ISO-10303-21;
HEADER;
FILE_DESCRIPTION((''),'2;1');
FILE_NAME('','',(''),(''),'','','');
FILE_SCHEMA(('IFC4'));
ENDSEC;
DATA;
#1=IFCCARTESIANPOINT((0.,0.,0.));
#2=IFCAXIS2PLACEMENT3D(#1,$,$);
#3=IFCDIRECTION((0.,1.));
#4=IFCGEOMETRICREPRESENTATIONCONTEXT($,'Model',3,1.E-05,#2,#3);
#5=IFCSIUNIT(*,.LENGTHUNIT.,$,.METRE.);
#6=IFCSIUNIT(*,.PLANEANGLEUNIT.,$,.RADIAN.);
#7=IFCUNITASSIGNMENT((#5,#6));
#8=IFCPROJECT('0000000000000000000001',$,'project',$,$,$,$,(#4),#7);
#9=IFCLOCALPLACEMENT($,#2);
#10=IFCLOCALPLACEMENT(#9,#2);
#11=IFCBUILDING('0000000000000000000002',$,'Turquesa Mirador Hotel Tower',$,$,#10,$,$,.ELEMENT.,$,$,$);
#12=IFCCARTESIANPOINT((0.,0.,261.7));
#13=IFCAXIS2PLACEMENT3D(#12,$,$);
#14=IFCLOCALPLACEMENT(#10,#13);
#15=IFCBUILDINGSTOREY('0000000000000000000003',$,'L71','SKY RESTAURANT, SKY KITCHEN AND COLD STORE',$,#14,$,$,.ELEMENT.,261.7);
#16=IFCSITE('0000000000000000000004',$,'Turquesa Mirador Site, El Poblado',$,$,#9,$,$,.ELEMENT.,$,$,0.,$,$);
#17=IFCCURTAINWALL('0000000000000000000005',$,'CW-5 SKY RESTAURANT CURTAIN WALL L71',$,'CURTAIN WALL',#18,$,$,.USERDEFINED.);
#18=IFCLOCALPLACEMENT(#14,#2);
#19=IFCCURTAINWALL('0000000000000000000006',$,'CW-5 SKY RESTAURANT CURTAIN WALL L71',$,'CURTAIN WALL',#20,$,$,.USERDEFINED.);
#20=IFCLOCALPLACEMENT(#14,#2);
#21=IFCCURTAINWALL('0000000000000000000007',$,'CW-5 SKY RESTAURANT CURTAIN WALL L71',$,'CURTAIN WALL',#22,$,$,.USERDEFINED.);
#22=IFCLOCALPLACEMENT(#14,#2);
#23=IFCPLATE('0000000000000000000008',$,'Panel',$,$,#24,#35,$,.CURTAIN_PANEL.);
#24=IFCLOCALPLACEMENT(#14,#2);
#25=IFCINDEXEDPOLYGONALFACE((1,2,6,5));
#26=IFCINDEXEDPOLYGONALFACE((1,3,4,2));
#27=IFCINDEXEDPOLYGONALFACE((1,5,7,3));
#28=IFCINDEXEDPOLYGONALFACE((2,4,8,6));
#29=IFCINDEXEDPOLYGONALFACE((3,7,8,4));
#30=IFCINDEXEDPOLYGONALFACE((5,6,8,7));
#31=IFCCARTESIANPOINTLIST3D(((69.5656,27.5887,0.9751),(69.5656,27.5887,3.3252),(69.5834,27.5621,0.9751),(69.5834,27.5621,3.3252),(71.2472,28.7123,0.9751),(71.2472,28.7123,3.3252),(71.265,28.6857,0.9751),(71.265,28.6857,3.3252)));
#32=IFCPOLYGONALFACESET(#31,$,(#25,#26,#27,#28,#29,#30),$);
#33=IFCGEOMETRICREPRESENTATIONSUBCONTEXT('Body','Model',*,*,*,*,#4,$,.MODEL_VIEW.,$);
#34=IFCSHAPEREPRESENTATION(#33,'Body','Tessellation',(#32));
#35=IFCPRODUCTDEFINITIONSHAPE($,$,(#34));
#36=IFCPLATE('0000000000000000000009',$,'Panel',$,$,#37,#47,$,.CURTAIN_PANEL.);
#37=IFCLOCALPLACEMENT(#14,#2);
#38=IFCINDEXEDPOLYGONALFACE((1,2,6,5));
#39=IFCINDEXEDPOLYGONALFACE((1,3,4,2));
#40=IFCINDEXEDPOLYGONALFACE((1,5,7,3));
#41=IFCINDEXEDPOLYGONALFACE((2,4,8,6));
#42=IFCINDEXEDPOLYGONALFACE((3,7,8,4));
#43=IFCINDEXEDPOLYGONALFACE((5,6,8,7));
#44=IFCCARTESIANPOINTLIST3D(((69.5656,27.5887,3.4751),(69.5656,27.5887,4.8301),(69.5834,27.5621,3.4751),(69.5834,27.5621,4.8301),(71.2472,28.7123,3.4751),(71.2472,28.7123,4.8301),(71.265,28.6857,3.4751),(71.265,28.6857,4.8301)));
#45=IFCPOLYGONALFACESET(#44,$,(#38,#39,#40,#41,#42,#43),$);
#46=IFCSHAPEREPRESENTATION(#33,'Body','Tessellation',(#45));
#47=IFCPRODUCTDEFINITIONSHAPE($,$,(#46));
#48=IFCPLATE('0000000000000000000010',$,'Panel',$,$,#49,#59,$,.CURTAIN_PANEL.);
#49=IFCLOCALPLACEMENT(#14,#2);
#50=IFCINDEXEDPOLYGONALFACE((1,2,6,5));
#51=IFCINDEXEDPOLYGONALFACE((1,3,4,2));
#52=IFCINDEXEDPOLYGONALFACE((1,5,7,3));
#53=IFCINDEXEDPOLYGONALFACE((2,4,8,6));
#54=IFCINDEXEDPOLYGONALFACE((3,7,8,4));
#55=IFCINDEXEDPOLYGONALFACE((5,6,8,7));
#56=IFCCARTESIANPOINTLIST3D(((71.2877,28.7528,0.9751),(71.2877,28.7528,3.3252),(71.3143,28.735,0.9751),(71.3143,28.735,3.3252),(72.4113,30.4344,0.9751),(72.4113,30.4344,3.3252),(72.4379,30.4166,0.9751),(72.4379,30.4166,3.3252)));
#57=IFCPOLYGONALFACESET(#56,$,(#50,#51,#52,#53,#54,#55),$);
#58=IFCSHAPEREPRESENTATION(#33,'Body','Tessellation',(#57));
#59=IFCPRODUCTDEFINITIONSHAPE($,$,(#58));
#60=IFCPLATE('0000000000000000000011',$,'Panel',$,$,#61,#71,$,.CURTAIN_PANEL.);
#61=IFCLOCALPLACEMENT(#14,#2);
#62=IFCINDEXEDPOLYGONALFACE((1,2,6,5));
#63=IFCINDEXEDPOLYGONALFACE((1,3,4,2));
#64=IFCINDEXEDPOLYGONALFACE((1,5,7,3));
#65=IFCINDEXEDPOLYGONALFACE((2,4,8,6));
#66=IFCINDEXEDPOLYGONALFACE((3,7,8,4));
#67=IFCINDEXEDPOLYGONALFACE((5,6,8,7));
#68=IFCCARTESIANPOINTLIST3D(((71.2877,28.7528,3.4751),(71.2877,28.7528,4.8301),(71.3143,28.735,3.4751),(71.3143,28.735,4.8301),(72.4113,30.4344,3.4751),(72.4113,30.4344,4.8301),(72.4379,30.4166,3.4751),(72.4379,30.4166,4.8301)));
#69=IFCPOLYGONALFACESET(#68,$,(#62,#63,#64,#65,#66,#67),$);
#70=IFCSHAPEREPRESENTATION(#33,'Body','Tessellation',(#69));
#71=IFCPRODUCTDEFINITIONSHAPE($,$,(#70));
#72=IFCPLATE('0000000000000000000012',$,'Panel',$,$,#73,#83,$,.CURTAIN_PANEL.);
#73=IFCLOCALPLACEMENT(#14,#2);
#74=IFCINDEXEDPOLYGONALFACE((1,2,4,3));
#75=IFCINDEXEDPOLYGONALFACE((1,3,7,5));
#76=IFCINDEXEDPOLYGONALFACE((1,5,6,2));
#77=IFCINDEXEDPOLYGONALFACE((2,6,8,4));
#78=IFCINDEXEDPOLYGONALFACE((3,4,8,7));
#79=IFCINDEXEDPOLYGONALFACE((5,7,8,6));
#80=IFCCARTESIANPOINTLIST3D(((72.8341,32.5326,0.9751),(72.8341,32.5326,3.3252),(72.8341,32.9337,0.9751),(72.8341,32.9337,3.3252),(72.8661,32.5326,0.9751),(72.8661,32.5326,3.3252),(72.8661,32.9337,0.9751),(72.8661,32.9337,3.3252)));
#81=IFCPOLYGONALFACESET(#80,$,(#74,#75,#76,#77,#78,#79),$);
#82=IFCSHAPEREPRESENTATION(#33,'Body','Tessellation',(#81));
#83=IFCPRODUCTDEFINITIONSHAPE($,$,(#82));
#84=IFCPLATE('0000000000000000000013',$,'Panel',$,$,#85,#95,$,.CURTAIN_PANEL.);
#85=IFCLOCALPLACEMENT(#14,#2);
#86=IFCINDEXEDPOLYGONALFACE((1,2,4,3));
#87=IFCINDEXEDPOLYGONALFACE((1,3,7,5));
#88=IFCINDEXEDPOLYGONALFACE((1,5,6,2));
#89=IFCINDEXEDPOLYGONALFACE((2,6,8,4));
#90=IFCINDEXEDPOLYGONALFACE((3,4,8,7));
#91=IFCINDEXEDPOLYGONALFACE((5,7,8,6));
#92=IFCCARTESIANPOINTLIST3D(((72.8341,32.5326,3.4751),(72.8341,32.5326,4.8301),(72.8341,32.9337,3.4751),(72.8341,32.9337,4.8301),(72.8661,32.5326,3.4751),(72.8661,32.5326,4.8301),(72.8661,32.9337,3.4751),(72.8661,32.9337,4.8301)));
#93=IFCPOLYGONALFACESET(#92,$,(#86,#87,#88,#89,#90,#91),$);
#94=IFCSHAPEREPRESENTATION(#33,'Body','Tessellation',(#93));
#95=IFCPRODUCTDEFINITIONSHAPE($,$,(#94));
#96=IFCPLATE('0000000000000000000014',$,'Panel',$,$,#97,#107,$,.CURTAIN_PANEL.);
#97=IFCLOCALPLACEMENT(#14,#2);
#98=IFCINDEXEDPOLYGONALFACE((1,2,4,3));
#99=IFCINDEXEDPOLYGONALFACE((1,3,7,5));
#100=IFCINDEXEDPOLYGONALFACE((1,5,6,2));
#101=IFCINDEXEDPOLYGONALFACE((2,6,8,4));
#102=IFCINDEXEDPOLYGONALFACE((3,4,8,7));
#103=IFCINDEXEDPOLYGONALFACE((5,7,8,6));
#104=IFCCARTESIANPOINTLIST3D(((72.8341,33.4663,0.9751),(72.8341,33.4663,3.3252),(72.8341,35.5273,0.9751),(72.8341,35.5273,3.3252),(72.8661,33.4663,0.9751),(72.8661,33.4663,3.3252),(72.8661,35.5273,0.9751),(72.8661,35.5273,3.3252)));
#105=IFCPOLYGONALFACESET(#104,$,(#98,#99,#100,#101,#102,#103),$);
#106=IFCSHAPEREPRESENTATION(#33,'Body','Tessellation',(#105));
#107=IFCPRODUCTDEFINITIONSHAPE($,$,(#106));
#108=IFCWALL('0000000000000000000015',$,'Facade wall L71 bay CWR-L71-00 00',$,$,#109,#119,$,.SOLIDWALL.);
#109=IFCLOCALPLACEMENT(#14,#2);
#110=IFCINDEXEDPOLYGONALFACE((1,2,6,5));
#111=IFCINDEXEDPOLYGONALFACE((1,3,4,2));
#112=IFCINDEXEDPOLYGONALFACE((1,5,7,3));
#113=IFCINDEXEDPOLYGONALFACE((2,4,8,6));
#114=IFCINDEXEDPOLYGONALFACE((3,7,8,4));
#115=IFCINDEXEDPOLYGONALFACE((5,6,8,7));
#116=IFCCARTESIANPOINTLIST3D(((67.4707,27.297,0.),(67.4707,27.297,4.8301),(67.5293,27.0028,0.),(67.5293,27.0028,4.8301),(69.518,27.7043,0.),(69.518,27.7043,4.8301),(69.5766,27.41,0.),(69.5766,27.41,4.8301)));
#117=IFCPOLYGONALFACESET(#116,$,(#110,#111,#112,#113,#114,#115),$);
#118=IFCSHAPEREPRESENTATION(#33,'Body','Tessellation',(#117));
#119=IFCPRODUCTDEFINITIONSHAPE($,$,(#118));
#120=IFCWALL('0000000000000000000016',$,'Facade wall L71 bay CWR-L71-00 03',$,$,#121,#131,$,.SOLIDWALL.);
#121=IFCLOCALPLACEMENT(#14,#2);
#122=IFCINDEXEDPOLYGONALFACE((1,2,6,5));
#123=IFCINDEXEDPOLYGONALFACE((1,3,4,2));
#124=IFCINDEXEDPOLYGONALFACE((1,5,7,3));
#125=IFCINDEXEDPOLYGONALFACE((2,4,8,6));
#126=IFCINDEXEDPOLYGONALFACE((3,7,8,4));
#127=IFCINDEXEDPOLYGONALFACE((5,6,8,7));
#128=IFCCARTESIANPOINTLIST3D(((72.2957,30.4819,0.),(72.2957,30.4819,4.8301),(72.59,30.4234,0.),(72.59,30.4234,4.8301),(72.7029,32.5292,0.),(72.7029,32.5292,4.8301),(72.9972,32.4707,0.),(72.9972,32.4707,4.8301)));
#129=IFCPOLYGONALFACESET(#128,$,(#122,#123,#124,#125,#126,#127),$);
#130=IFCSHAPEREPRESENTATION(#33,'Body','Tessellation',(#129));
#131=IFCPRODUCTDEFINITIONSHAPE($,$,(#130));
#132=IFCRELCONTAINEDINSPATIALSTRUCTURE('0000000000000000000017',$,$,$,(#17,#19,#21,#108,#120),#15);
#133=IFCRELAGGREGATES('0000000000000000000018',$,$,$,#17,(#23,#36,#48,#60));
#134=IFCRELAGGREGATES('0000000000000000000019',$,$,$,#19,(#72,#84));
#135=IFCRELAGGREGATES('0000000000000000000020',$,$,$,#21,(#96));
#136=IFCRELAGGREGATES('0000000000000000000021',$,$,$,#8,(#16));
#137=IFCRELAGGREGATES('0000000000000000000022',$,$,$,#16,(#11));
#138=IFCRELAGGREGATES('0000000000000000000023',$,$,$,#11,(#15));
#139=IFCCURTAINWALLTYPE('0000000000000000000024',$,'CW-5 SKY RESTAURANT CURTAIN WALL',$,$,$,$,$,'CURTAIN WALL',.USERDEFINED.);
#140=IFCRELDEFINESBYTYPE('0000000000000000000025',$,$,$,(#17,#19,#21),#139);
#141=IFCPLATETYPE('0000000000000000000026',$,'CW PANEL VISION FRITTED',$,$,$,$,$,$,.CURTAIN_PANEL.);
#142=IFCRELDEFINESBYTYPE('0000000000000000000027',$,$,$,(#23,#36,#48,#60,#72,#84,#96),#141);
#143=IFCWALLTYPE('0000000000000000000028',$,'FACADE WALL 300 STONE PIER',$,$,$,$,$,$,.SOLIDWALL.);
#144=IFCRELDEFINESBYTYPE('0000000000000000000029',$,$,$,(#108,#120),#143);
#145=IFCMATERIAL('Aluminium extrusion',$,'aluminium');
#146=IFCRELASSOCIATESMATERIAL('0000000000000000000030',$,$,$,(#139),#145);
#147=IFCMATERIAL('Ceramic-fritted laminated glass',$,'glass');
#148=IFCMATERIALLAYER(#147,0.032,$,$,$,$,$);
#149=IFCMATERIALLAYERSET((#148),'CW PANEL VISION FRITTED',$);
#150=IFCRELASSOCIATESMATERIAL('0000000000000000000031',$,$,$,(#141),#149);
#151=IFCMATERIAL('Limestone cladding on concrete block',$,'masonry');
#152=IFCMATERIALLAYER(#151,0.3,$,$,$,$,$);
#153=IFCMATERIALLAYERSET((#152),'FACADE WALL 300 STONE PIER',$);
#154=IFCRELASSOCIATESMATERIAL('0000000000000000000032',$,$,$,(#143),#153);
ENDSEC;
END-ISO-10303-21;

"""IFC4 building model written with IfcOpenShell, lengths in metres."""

from ifc_helpers import new_model, si_unit, direction, frame, frame_2d, origin, origin_2d, place, context, subcontext, project, spatial, rectangle, extrude, material, layer, layer_set, type_object, element, aggregate, save


model = new_model("IFC4")

# Units and contexts
model_context = context("Model", 3, precision=1e-05, world=origin(), true_north=direction((0.0, 1.0)))
body_context = subcontext(model_context, "Body", "Model", "MODEL_VIEW")
ifc_project = project(units=[si_unit("LENGTHUNIT", "METRE"), si_unit("PLANEANGLEUNIT", "RADIAN")], contexts=[model_context])

# Site, building, storey
site_placement = place(None, origin())
site = spatial("IfcSite", under=ifc_project, at=site_placement, Name="Turquesa Mirador Site, El Poblado", CompositionType="ELEMENT", RefElevation=0.0)
building_placement = place(site_placement, origin())
building = spatial("IfcBuilding", under=site, at=building_placement, Name="Turquesa Mirador Hotel Tower", CompositionType="ELEMENT")
storey_placement = place(building_placement, frame((0.0, 0.0, 261.7)))
storey = spatial("IfcBuildingStorey", under=building, at=storey_placement, Name="L71", Description="SKY RESTAURANT, SKY KITCHEN AND COLD STORE", CompositionType="ELEMENT", Elevation=261.7)

# Curtain walls
ifc_material_1 = material(Name="Aluminium extrusion", Category="aluminium")
curtain_wall_type = type_object("IfcCurtainWallType", Name="CW-5 SKY RESTAURANT CURTAIN WALL", ElementType="CURTAIN WALL", PredefinedType="USERDEFINED", material=ifc_material_1)
curtain_wall_1_placement = place(storey_placement, origin())
curtain_wall_1 = element("IfcCurtainWall", 1, at=curtain_wall_1_placement, inside=storey, type_object=curtain_wall_type, Name="CW-5 SKY RESTAURANT CURTAIN WALL L71", ObjectType="CURTAIN WALL", PredefinedType="USERDEFINED")
curtain_wall_2_placement = place(storey_placement, origin())
curtain_wall_2 = element("IfcCurtainWall", 2, at=curtain_wall_2_placement, inside=storey, type_object=curtain_wall_type, Name="CW-5 SKY RESTAURANT CURTAIN WALL L71", ObjectType="CURTAIN WALL", PredefinedType="USERDEFINED")

# Curtain wall
curtain_wall_3_placement = place(storey_placement, origin())
curtain_wall_3 = element("IfcCurtainWall", 3, at=curtain_wall_3_placement, inside=storey, type_object=curtain_wall_type, Name="CW-5 SKY RESTAURANT CURTAIN WALL L71", ObjectType="CURTAIN WALL", PredefinedType="USERDEFINED")

# Plates
ifc_material_2 = material(Name="Ceramic-fritted laminated glass", Category="glass")
ifc_layer_1 = layer(ifc_material_2, 0.032)
ifc_layer_set_1 = layer_set([ifc_layer_1], Name="CW PANEL VISION FRITTED")
plate_type_1 = type_object("IfcPlateType", Name="CW PANEL VISION FRITTED", PredefinedType="CURTAIN_PANEL", material=ifc_layer_set_1)
plate_1_placement = place(storey_placement, frame((70.4153, 28.1372, 0.9751), z_axis=(0.0, 0.0, 1.0), x_axis=(0.83147, 0.55557, 0.0)))
plate_1 = element("IfcPlate", 4, at=plate_1_placement, type_object=plate_type_1, Name="Panel", PredefinedType="CURTAIN_PANEL", context=body_context, shape_type="SweptSolid", body=[
    extrude(rectangle(XDim=2.0225, YDim=0.032, at=origin_2d()), origin(), (0.0, 0.0, 1.0), 2.3501),
])
plate_2_placement = place(storey_placement, frame((70.4153, 28.1372, 3.4751), z_axis=(0.0, 0.0, 1.0), x_axis=(0.83147, 0.55557, 0.0)))
plate_2 = element("IfcPlate", 5, at=plate_2_placement, type_object=plate_type_1, Name="Panel", PredefinedType="CURTAIN_PANEL", context=body_context, shape_type="SweptSolid", body=[
    extrude(rectangle(XDim=2.0225, YDim=0.032, at=origin_2d()), origin(), (0.0, 0.0, 1.0), 1.355),
])
plate_3_placement = place(storey_placement, frame((71.8628, 29.5847, 0.9751), z_axis=(0.0, 0.0, 1.0), x_axis=(0.55557, 0.83147, 0.0)))
plate_3 = element("IfcPlate", 6, at=plate_3_placement, type_object=plate_type_1, Name="Panel", PredefinedType="CURTAIN_PANEL", context=body_context, shape_type="SweptSolid", body=[
    extrude(rectangle(XDim=2.0225, YDim=0.032, at=origin_2d()), origin(), (0.0, 0.0, 1.0), 2.3501),
])
plate_4_placement = place(storey_placement, frame((71.8628, 29.5847, 3.4751), z_axis=(0.0, 0.0, 1.0), x_axis=(0.55557, 0.83147, 0.0)))
plate_4 = element("IfcPlate", 7, at=plate_4_placement, type_object=plate_type_1, Name="Panel", PredefinedType="CURTAIN_PANEL", context=body_context, shape_type="SweptSolid", body=[
    extrude(rectangle(XDim=2.0225, YDim=0.032, at=origin_2d()), origin(), (0.0, 0.0, 1.0), 1.355),
])
aggregate(curtain_wall_1, [plate_1, plate_2, plate_3, plate_4])
plate_5_placement = place(storey_placement, frame((72.8501, 32.7332, 0.9751), z_axis=(0.0, 0.0, 1.0), x_axis=(0.0, 1.0, 0.0)))
plate_5 = element("IfcPlate", 8, at=plate_5_placement, type_object=plate_type_1, Name="Panel", PredefinedType="CURTAIN_PANEL", context=body_context, shape_type="SweptSolid", body=[
    extrude(rectangle(XDim=0.4011, YDim=0.032, at=origin_2d()), origin(), (0.0, 0.0, 1.0), 2.3501),
])
plate_6_placement = place(storey_placement, frame((72.8501, 32.7332, 3.4751), z_axis=(0.0, 0.0, 1.0), x_axis=(0.0, 1.0, 0.0)))
plate_6 = element("IfcPlate", 9, at=plate_6_placement, type_object=plate_type_1, Name="Panel", PredefinedType="CURTAIN_PANEL", context=body_context, shape_type="SweptSolid", body=[
    extrude(rectangle(XDim=0.4011, YDim=0.032, at=origin_2d()), origin(), (0.0, 0.0, 1.0), 1.355),
])
aggregate(curtain_wall_2, [plate_5, plate_6])
plate_7_placement = place(storey_placement, frame((72.8501, 34.4968, 0.9751), z_axis=(0.0, 0.0, 1.0), x_axis=(0.0, 1.0, 0.0)))
plate_7 = element("IfcPlate", 10, at=plate_7_placement, type_object=plate_type_1, Name="Panel", PredefinedType="CURTAIN_PANEL", context=body_context, shape_type="SweptSolid", body=[
    extrude(rectangle(XDim=2.061, YDim=0.032, at=origin_2d()), origin(), (0.0, 0.0, 1.0), 2.3501),
])
aggregate(curtain_wall_3, [plate_7])

# Walls
ifc_material_3 = material(Name="Limestone cladding on concrete block", Category="masonry")
ifc_layer_2 = layer(ifc_material_3, 0.3)
ifc_layer_set_2 = layer_set([ifc_layer_2], Name="FACADE WALL 300 STONE PIER")
wall_type = type_object("IfcWallType", Name="FACADE WALL 300 STONE PIER", PredefinedType="SOLIDWALL", material=ifc_layer_set_2)
for number, where, z_axis, x_axis, name in (
    (11, (67.5, 27.1499, 0.0), (0.0, 0.0, 1.0), (0.980787, 0.195081, 0.0), "Facade wall L71 bay CWR-L71-00 00"),
    (12, (72.4429, 30.4526, 0.0), (0.0, 0.0, 1.0), (0.195081, 0.980787, 0.0), "Facade wall L71 bay CWR-L71-00 03"),
):
    element("IfcWall", number, at=place(storey_placement, frame(where, z_axis=z_axis, x_axis=x_axis)), inside=storey, type_object=wall_type, Name=name, PredefinedType="SOLIDWALL", context=body_context, shape_type="SweptSolid", body=[
        extrude(rectangle(XDim=2.0874, YDim=0.3, at=frame_2d((1.0437, 0.0))), origin(), (0.0, 0.0, 1.0), 4.8301),
    ])

save(model, "model.ifc")
